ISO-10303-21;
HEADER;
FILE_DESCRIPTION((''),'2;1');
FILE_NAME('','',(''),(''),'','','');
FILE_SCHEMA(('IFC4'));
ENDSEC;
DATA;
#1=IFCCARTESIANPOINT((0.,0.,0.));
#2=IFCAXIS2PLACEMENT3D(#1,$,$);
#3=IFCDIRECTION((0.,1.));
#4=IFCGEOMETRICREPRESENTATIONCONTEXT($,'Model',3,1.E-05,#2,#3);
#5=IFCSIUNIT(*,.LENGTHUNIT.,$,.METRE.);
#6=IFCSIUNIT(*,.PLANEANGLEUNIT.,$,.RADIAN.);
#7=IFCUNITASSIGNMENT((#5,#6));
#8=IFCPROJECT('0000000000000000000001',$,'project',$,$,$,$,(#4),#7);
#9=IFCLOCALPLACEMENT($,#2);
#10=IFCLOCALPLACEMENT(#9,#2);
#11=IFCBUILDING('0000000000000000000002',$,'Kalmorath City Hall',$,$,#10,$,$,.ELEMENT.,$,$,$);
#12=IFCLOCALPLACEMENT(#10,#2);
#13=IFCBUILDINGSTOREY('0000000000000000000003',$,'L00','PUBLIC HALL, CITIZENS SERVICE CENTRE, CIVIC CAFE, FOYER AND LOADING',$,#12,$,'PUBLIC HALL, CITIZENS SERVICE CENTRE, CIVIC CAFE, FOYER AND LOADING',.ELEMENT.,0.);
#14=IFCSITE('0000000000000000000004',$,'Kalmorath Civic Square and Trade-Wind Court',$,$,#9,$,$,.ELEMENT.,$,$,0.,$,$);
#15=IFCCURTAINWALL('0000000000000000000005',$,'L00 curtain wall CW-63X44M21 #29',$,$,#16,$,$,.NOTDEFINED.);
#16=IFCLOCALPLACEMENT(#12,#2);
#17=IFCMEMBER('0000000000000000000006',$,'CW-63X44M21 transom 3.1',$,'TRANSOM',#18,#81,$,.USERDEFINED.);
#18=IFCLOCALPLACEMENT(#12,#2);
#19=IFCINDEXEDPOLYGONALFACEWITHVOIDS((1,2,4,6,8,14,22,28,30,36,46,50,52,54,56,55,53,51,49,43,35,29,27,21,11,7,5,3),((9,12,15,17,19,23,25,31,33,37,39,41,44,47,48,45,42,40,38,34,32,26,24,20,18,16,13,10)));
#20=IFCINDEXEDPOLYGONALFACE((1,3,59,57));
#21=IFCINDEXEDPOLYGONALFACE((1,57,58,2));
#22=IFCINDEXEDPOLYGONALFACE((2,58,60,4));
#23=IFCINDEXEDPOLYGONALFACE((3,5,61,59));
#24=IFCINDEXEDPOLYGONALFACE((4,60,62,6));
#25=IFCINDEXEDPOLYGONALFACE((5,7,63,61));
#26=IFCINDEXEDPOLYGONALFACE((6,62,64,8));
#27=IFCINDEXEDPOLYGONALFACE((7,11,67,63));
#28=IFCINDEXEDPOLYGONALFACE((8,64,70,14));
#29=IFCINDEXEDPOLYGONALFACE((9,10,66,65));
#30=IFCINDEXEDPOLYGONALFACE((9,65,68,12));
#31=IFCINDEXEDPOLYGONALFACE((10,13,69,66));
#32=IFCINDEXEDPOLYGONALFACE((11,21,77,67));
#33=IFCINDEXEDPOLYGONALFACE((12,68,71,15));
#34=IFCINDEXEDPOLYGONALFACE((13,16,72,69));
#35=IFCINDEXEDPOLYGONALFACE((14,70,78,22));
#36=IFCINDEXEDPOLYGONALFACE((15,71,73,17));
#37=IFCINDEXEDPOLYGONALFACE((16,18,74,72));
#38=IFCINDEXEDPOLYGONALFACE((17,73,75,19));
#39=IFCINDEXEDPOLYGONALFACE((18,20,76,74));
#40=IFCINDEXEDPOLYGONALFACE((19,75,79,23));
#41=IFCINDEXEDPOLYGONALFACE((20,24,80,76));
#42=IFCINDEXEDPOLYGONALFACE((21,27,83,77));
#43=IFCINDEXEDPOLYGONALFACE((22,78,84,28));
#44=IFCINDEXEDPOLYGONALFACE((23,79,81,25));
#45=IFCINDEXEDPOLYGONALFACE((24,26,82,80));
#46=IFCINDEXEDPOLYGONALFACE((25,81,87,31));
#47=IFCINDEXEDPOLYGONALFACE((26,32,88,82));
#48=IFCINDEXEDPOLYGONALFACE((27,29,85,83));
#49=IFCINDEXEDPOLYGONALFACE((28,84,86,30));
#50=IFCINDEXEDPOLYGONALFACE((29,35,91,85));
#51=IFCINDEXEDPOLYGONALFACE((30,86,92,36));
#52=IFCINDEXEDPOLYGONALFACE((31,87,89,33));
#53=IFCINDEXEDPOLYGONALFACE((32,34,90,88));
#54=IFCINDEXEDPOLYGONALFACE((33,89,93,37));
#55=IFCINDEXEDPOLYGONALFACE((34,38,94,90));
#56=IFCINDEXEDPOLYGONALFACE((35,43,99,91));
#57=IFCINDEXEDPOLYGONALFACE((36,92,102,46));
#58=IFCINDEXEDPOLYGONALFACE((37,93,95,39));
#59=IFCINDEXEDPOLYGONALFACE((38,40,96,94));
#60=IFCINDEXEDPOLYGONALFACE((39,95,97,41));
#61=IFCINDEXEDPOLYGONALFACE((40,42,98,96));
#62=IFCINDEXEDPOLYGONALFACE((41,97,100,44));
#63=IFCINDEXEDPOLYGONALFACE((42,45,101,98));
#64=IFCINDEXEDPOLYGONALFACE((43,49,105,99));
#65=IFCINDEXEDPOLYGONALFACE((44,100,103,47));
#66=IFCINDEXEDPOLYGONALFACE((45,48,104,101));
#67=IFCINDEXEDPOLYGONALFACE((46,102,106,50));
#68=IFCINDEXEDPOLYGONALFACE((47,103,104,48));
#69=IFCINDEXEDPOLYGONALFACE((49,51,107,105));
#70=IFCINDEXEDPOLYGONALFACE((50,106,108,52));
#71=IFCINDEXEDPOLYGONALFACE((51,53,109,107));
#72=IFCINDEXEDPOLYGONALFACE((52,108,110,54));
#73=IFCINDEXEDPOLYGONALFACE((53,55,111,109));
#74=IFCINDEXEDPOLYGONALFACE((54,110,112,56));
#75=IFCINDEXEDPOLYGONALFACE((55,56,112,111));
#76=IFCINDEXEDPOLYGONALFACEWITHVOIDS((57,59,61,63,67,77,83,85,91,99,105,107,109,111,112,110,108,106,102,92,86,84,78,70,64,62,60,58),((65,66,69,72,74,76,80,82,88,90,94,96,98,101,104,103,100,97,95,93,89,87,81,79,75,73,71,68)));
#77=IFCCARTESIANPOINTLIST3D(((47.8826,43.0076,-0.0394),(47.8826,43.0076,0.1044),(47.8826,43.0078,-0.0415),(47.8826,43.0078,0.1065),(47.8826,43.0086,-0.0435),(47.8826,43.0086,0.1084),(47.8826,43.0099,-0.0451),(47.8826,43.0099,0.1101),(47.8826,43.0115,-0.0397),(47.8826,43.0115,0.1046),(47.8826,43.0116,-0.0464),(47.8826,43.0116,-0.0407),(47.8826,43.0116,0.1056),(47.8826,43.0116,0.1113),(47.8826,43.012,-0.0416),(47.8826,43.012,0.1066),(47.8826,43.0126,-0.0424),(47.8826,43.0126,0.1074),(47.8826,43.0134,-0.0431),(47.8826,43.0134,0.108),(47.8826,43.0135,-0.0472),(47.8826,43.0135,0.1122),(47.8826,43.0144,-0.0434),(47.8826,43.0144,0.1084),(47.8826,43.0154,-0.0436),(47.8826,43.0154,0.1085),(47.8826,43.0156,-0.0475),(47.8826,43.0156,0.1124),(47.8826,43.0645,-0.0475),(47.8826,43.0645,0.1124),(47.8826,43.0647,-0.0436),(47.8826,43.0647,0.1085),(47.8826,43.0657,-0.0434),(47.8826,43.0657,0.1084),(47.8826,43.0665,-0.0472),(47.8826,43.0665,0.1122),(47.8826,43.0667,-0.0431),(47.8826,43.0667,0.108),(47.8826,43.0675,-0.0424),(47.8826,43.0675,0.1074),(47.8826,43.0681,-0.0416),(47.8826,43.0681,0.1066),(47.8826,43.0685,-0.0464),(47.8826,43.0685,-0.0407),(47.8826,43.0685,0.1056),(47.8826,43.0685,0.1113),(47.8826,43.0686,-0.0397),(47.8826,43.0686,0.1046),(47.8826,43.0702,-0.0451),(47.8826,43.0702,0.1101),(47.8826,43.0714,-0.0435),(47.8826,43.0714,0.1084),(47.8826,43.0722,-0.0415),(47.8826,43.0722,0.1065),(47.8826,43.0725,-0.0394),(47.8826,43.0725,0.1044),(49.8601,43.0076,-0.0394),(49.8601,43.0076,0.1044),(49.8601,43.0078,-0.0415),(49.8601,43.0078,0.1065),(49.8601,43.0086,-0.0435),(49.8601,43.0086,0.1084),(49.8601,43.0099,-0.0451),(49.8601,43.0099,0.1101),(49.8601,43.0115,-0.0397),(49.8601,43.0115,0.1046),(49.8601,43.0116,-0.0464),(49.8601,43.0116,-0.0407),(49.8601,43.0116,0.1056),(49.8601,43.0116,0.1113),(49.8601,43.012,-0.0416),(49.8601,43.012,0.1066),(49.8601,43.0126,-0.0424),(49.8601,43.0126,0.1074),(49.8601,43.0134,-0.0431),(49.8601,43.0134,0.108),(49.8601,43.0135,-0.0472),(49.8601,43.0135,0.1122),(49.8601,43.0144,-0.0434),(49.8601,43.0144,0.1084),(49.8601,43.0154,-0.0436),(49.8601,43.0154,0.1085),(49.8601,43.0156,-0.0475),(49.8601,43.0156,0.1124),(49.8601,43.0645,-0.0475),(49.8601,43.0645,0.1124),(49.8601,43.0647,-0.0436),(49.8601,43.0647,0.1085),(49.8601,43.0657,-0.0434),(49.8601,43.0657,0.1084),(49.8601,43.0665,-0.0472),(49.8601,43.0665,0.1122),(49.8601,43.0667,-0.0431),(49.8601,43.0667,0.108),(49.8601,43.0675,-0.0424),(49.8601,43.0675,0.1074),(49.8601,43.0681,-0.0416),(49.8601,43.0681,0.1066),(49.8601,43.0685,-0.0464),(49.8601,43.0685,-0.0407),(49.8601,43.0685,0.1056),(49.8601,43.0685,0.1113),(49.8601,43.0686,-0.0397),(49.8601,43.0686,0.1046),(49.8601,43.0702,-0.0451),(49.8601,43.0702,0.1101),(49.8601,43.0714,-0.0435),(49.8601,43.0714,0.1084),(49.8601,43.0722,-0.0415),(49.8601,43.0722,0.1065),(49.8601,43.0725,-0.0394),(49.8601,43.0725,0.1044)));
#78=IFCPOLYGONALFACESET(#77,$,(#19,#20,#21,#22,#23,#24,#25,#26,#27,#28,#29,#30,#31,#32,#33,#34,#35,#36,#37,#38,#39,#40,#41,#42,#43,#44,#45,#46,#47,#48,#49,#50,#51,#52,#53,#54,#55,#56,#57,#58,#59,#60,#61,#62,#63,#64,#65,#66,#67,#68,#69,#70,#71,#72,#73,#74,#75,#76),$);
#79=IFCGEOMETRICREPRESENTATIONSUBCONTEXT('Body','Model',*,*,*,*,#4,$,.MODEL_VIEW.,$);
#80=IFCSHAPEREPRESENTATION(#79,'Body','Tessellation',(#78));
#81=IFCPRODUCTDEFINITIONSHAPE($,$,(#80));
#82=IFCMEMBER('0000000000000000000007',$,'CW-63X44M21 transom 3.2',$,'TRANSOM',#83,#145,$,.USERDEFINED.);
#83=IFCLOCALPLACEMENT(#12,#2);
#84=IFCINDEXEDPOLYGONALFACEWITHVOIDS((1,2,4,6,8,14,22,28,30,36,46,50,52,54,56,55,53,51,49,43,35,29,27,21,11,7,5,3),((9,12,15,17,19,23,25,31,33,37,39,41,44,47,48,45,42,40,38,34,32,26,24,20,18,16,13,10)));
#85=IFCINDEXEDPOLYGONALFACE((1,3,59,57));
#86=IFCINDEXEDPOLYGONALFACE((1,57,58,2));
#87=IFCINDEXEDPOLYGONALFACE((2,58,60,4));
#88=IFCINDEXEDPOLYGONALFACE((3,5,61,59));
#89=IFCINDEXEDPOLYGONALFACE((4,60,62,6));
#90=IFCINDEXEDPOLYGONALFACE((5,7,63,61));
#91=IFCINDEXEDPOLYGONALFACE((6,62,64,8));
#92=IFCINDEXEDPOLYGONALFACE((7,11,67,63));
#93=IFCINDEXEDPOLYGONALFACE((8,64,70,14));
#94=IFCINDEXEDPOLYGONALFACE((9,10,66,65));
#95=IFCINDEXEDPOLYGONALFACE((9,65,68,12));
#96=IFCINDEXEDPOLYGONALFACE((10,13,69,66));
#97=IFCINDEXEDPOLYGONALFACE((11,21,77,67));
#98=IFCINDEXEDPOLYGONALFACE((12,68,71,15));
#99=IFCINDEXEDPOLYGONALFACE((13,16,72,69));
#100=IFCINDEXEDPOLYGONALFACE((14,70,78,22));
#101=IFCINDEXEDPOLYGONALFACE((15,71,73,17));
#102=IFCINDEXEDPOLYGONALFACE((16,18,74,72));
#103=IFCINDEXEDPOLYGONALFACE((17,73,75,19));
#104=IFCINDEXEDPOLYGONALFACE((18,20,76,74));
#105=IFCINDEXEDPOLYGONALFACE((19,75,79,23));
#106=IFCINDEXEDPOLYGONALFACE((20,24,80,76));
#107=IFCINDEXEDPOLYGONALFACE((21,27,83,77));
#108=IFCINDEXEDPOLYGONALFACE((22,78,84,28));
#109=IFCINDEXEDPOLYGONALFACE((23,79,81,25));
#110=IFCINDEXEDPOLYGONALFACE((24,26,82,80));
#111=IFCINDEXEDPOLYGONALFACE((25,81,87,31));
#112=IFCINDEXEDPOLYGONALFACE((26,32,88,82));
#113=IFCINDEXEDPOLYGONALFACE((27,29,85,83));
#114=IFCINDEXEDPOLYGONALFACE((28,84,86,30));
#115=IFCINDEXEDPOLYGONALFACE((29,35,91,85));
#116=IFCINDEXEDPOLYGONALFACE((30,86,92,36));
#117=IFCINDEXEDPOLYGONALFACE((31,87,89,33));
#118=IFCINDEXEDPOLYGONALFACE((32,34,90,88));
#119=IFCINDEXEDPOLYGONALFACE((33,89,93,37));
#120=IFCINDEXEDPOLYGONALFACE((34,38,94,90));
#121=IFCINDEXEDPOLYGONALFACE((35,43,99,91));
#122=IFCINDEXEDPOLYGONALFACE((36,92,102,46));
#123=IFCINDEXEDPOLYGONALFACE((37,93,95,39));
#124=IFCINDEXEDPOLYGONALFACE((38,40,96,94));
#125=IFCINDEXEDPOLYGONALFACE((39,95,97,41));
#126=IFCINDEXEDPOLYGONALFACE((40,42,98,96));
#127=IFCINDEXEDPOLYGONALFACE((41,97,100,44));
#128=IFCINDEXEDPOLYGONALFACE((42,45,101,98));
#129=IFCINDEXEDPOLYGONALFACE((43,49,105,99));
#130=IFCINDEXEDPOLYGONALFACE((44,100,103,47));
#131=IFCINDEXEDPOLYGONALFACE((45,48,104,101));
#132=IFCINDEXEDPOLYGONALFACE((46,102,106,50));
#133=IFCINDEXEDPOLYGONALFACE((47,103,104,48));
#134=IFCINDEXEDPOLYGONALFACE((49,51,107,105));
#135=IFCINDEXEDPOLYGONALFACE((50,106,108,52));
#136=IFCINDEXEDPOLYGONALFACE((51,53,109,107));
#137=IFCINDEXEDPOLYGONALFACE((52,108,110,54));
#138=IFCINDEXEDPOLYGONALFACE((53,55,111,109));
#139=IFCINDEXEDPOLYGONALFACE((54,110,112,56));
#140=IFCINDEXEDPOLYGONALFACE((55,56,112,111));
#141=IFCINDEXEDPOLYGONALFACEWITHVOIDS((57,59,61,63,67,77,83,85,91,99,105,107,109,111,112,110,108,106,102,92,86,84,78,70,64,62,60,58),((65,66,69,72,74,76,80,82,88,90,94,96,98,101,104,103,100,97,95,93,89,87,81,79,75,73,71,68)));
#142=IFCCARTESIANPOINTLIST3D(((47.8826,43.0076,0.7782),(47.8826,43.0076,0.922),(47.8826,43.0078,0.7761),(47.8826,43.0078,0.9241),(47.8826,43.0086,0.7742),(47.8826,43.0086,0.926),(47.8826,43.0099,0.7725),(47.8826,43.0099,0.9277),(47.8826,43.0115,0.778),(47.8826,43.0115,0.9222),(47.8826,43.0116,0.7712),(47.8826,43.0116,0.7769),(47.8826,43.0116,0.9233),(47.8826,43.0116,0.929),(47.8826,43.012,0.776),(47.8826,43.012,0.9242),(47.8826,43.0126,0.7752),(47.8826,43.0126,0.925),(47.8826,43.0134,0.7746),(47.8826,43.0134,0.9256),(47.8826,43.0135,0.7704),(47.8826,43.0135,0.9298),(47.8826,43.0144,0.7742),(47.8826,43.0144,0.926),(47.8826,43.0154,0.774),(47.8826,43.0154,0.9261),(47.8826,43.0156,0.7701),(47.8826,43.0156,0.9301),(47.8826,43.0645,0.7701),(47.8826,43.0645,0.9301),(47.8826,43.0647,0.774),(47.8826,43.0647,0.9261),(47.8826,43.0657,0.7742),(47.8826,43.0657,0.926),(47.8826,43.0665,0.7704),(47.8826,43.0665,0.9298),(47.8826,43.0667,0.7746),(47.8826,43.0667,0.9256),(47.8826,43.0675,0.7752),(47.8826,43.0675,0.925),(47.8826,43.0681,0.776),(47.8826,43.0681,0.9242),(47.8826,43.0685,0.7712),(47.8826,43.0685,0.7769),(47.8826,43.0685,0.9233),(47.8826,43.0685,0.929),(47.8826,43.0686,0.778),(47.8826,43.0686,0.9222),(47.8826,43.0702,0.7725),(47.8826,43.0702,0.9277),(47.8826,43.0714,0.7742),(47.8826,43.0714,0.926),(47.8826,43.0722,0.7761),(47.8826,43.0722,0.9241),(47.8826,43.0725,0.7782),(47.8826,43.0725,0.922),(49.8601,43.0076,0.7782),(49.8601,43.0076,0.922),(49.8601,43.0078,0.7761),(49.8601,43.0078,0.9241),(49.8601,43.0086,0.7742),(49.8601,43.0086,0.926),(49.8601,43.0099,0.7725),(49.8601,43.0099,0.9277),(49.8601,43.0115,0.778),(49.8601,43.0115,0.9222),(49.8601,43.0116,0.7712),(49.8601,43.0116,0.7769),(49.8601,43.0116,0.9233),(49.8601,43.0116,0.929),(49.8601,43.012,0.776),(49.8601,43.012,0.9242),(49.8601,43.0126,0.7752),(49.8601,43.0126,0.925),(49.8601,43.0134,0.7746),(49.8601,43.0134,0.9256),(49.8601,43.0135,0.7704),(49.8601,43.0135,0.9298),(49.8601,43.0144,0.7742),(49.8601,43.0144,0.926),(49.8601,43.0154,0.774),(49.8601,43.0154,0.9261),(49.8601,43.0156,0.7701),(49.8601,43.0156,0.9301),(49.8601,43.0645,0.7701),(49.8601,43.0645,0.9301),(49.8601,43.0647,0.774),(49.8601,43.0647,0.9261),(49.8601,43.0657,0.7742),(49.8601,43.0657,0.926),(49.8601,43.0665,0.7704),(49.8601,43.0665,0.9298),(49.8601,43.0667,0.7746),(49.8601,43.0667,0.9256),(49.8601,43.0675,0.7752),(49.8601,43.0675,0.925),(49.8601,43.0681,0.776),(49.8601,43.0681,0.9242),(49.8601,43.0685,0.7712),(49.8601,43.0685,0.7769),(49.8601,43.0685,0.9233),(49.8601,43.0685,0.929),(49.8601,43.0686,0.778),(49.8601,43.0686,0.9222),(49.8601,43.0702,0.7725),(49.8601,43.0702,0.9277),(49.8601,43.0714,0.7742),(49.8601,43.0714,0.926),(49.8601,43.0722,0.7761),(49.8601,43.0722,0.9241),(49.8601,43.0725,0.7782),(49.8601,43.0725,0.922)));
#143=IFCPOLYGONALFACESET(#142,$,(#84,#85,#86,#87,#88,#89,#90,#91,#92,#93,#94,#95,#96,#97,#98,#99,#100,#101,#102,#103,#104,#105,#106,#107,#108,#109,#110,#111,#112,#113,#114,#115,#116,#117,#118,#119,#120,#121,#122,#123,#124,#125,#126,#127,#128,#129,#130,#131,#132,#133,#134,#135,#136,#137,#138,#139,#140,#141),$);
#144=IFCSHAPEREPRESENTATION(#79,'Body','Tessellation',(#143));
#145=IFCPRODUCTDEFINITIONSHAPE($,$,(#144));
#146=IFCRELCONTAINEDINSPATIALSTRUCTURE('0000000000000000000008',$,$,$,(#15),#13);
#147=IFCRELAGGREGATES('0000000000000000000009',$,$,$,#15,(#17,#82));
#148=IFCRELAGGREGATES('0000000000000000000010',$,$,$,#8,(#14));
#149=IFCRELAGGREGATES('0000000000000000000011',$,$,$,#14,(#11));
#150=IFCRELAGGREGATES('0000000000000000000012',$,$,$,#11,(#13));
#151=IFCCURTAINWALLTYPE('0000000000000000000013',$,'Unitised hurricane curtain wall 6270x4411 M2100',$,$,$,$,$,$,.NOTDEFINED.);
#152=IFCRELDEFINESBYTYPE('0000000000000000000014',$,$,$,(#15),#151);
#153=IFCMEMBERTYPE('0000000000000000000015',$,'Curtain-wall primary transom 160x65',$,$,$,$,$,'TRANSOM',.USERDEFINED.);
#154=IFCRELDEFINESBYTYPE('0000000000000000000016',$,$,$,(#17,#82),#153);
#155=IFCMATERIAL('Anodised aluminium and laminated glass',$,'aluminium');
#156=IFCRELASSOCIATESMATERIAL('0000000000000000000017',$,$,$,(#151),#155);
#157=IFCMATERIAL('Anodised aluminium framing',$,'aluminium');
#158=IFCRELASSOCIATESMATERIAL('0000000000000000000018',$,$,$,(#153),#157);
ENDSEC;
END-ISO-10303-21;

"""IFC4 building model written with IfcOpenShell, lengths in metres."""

from ifc_helpers import new_model, si_unit, direction, frame, origin, origin_2d, place, context, subcontext, project, spatial, hollow_rectangle, extrude, material, material_profile, profile_set, type_object, element, aggregate, save


model = new_model("IFC4")

# Units and contexts
model_context = context("Model", 3, precision=1e-05, world=origin(), true_north=direction((0.0, 1.0)))
body_context = subcontext(model_context, "Body", "Model", "MODEL_VIEW")
ifc_project = project(units=[si_unit("LENGTHUNIT", "METRE"), si_unit("PLANEANGLEUNIT", "RADIAN")], contexts=[model_context])

# Site, building, storey
site_placement = place(None, origin())
site = spatial("IfcSite", under=ifc_project, at=site_placement, Name="Kalmorath Civic Square and Trade-Wind Court", CompositionType="ELEMENT", RefElevation=0.0)
building_placement = place(site_placement, origin())
building = spatial("IfcBuilding", under=site, at=building_placement, Name="Kalmorath City Hall", CompositionType="ELEMENT")
storey_placement = place(building_placement, origin())
storey = spatial("IfcBuildingStorey", under=building, at=storey_placement, Name="L00", Description="PUBLIC HALL, CITIZENS SERVICE CENTRE, CIVIC CAFE, FOYER AND LOADING", LongName="PUBLIC HALL, CITIZENS SERVICE CENTRE, CIVIC CAFE, FOYER AND LOADING", CompositionType="ELEMENT", Elevation=0.0)

# Curtain wall
ifc_material_1 = material(Name="Anodised aluminium and laminated glass", Category="aluminium")
curtain_wall_type_1 = type_object("IfcCurtainWallType", Name="Unitised hurricane curtain wall 6270x4411 M2100", PredefinedType="NOTDEFINED", material=ifc_material_1)
curtain_wall_1_placement = place(storey_placement, origin())
curtain_wall_1 = element("IfcCurtainWall", 1, at=curtain_wall_1_placement, inside=storey, type_object=curtain_wall_type_1, Name="L00 curtain wall CW-63X44M21 #29", PredefinedType="NOTDEFINED")

# Members
ifc_material_2 = material(Name="Anodised aluminium framing", Category="aluminium")
ifc_material_profile_1 = material_profile(ifc_material_2, hollow_rectangle(XDim=0.0649, YDim=0.1599, WallThickness=0.0039, InnerFilletRadius=0.0039, OuterFilletRadius=0.0081, at=origin_2d()), Name="ALU-TRN-160X65X4")
ifc_profile_set_1 = profile_set([ifc_material_profile_1], Name="Anodised aluminium framing")
member_type_1 = type_object("IfcMemberType", Name="Curtain-wall primary transom 160x65", ElementType="TRANSOM", PredefinedType="USERDEFINED", material=ifc_profile_set_1)
member_1_placement = place(storey_placement, frame((47.8826, 43.04, 0.0325), z_axis=(1.0, 0.0, 0.0), x_axis=(0.0, 1.0, 0.0)))
member_1 = element("IfcMember", 2, at=member_1_placement, type_object=member_type_1, Name="CW-63X44M21 transom 3.1", ObjectType="TRANSOM", PredefinedType="USERDEFINED", context=body_context, shape_type="SweptSolid", body=[
    extrude(hollow_rectangle(XDim=0.0649, YDim=0.1599, WallThickness=0.0039, InnerFilletRadius=0.0039, OuterFilletRadius=0.0081, at=origin_2d()), origin(), (0.0, 0.0, 1.0), 1.9775),
])
member_2_placement = place(storey_placement, frame((47.8826, 43.04, 0.8501), z_axis=(1.0, 0.0, 0.0), x_axis=(0.0, 1.0, 0.0)))
member_2 = element("IfcMember", 3, at=member_2_placement, type_object=member_type_1, Name="CW-63X44M21 transom 3.2", ObjectType="TRANSOM", PredefinedType="USERDEFINED", context=body_context, shape_type="SweptSolid", body=[
    extrude(hollow_rectangle(XDim=0.0649, YDim=0.1599, WallThickness=0.0039, InnerFilletRadius=0.0039, OuterFilletRadius=0.0081, at=origin_2d()), origin(), (0.0, 0.0, 1.0), 1.9775),
])

aggregate(curtain_wall_1, [member_1, member_2])

save(model, "model.ifc")
